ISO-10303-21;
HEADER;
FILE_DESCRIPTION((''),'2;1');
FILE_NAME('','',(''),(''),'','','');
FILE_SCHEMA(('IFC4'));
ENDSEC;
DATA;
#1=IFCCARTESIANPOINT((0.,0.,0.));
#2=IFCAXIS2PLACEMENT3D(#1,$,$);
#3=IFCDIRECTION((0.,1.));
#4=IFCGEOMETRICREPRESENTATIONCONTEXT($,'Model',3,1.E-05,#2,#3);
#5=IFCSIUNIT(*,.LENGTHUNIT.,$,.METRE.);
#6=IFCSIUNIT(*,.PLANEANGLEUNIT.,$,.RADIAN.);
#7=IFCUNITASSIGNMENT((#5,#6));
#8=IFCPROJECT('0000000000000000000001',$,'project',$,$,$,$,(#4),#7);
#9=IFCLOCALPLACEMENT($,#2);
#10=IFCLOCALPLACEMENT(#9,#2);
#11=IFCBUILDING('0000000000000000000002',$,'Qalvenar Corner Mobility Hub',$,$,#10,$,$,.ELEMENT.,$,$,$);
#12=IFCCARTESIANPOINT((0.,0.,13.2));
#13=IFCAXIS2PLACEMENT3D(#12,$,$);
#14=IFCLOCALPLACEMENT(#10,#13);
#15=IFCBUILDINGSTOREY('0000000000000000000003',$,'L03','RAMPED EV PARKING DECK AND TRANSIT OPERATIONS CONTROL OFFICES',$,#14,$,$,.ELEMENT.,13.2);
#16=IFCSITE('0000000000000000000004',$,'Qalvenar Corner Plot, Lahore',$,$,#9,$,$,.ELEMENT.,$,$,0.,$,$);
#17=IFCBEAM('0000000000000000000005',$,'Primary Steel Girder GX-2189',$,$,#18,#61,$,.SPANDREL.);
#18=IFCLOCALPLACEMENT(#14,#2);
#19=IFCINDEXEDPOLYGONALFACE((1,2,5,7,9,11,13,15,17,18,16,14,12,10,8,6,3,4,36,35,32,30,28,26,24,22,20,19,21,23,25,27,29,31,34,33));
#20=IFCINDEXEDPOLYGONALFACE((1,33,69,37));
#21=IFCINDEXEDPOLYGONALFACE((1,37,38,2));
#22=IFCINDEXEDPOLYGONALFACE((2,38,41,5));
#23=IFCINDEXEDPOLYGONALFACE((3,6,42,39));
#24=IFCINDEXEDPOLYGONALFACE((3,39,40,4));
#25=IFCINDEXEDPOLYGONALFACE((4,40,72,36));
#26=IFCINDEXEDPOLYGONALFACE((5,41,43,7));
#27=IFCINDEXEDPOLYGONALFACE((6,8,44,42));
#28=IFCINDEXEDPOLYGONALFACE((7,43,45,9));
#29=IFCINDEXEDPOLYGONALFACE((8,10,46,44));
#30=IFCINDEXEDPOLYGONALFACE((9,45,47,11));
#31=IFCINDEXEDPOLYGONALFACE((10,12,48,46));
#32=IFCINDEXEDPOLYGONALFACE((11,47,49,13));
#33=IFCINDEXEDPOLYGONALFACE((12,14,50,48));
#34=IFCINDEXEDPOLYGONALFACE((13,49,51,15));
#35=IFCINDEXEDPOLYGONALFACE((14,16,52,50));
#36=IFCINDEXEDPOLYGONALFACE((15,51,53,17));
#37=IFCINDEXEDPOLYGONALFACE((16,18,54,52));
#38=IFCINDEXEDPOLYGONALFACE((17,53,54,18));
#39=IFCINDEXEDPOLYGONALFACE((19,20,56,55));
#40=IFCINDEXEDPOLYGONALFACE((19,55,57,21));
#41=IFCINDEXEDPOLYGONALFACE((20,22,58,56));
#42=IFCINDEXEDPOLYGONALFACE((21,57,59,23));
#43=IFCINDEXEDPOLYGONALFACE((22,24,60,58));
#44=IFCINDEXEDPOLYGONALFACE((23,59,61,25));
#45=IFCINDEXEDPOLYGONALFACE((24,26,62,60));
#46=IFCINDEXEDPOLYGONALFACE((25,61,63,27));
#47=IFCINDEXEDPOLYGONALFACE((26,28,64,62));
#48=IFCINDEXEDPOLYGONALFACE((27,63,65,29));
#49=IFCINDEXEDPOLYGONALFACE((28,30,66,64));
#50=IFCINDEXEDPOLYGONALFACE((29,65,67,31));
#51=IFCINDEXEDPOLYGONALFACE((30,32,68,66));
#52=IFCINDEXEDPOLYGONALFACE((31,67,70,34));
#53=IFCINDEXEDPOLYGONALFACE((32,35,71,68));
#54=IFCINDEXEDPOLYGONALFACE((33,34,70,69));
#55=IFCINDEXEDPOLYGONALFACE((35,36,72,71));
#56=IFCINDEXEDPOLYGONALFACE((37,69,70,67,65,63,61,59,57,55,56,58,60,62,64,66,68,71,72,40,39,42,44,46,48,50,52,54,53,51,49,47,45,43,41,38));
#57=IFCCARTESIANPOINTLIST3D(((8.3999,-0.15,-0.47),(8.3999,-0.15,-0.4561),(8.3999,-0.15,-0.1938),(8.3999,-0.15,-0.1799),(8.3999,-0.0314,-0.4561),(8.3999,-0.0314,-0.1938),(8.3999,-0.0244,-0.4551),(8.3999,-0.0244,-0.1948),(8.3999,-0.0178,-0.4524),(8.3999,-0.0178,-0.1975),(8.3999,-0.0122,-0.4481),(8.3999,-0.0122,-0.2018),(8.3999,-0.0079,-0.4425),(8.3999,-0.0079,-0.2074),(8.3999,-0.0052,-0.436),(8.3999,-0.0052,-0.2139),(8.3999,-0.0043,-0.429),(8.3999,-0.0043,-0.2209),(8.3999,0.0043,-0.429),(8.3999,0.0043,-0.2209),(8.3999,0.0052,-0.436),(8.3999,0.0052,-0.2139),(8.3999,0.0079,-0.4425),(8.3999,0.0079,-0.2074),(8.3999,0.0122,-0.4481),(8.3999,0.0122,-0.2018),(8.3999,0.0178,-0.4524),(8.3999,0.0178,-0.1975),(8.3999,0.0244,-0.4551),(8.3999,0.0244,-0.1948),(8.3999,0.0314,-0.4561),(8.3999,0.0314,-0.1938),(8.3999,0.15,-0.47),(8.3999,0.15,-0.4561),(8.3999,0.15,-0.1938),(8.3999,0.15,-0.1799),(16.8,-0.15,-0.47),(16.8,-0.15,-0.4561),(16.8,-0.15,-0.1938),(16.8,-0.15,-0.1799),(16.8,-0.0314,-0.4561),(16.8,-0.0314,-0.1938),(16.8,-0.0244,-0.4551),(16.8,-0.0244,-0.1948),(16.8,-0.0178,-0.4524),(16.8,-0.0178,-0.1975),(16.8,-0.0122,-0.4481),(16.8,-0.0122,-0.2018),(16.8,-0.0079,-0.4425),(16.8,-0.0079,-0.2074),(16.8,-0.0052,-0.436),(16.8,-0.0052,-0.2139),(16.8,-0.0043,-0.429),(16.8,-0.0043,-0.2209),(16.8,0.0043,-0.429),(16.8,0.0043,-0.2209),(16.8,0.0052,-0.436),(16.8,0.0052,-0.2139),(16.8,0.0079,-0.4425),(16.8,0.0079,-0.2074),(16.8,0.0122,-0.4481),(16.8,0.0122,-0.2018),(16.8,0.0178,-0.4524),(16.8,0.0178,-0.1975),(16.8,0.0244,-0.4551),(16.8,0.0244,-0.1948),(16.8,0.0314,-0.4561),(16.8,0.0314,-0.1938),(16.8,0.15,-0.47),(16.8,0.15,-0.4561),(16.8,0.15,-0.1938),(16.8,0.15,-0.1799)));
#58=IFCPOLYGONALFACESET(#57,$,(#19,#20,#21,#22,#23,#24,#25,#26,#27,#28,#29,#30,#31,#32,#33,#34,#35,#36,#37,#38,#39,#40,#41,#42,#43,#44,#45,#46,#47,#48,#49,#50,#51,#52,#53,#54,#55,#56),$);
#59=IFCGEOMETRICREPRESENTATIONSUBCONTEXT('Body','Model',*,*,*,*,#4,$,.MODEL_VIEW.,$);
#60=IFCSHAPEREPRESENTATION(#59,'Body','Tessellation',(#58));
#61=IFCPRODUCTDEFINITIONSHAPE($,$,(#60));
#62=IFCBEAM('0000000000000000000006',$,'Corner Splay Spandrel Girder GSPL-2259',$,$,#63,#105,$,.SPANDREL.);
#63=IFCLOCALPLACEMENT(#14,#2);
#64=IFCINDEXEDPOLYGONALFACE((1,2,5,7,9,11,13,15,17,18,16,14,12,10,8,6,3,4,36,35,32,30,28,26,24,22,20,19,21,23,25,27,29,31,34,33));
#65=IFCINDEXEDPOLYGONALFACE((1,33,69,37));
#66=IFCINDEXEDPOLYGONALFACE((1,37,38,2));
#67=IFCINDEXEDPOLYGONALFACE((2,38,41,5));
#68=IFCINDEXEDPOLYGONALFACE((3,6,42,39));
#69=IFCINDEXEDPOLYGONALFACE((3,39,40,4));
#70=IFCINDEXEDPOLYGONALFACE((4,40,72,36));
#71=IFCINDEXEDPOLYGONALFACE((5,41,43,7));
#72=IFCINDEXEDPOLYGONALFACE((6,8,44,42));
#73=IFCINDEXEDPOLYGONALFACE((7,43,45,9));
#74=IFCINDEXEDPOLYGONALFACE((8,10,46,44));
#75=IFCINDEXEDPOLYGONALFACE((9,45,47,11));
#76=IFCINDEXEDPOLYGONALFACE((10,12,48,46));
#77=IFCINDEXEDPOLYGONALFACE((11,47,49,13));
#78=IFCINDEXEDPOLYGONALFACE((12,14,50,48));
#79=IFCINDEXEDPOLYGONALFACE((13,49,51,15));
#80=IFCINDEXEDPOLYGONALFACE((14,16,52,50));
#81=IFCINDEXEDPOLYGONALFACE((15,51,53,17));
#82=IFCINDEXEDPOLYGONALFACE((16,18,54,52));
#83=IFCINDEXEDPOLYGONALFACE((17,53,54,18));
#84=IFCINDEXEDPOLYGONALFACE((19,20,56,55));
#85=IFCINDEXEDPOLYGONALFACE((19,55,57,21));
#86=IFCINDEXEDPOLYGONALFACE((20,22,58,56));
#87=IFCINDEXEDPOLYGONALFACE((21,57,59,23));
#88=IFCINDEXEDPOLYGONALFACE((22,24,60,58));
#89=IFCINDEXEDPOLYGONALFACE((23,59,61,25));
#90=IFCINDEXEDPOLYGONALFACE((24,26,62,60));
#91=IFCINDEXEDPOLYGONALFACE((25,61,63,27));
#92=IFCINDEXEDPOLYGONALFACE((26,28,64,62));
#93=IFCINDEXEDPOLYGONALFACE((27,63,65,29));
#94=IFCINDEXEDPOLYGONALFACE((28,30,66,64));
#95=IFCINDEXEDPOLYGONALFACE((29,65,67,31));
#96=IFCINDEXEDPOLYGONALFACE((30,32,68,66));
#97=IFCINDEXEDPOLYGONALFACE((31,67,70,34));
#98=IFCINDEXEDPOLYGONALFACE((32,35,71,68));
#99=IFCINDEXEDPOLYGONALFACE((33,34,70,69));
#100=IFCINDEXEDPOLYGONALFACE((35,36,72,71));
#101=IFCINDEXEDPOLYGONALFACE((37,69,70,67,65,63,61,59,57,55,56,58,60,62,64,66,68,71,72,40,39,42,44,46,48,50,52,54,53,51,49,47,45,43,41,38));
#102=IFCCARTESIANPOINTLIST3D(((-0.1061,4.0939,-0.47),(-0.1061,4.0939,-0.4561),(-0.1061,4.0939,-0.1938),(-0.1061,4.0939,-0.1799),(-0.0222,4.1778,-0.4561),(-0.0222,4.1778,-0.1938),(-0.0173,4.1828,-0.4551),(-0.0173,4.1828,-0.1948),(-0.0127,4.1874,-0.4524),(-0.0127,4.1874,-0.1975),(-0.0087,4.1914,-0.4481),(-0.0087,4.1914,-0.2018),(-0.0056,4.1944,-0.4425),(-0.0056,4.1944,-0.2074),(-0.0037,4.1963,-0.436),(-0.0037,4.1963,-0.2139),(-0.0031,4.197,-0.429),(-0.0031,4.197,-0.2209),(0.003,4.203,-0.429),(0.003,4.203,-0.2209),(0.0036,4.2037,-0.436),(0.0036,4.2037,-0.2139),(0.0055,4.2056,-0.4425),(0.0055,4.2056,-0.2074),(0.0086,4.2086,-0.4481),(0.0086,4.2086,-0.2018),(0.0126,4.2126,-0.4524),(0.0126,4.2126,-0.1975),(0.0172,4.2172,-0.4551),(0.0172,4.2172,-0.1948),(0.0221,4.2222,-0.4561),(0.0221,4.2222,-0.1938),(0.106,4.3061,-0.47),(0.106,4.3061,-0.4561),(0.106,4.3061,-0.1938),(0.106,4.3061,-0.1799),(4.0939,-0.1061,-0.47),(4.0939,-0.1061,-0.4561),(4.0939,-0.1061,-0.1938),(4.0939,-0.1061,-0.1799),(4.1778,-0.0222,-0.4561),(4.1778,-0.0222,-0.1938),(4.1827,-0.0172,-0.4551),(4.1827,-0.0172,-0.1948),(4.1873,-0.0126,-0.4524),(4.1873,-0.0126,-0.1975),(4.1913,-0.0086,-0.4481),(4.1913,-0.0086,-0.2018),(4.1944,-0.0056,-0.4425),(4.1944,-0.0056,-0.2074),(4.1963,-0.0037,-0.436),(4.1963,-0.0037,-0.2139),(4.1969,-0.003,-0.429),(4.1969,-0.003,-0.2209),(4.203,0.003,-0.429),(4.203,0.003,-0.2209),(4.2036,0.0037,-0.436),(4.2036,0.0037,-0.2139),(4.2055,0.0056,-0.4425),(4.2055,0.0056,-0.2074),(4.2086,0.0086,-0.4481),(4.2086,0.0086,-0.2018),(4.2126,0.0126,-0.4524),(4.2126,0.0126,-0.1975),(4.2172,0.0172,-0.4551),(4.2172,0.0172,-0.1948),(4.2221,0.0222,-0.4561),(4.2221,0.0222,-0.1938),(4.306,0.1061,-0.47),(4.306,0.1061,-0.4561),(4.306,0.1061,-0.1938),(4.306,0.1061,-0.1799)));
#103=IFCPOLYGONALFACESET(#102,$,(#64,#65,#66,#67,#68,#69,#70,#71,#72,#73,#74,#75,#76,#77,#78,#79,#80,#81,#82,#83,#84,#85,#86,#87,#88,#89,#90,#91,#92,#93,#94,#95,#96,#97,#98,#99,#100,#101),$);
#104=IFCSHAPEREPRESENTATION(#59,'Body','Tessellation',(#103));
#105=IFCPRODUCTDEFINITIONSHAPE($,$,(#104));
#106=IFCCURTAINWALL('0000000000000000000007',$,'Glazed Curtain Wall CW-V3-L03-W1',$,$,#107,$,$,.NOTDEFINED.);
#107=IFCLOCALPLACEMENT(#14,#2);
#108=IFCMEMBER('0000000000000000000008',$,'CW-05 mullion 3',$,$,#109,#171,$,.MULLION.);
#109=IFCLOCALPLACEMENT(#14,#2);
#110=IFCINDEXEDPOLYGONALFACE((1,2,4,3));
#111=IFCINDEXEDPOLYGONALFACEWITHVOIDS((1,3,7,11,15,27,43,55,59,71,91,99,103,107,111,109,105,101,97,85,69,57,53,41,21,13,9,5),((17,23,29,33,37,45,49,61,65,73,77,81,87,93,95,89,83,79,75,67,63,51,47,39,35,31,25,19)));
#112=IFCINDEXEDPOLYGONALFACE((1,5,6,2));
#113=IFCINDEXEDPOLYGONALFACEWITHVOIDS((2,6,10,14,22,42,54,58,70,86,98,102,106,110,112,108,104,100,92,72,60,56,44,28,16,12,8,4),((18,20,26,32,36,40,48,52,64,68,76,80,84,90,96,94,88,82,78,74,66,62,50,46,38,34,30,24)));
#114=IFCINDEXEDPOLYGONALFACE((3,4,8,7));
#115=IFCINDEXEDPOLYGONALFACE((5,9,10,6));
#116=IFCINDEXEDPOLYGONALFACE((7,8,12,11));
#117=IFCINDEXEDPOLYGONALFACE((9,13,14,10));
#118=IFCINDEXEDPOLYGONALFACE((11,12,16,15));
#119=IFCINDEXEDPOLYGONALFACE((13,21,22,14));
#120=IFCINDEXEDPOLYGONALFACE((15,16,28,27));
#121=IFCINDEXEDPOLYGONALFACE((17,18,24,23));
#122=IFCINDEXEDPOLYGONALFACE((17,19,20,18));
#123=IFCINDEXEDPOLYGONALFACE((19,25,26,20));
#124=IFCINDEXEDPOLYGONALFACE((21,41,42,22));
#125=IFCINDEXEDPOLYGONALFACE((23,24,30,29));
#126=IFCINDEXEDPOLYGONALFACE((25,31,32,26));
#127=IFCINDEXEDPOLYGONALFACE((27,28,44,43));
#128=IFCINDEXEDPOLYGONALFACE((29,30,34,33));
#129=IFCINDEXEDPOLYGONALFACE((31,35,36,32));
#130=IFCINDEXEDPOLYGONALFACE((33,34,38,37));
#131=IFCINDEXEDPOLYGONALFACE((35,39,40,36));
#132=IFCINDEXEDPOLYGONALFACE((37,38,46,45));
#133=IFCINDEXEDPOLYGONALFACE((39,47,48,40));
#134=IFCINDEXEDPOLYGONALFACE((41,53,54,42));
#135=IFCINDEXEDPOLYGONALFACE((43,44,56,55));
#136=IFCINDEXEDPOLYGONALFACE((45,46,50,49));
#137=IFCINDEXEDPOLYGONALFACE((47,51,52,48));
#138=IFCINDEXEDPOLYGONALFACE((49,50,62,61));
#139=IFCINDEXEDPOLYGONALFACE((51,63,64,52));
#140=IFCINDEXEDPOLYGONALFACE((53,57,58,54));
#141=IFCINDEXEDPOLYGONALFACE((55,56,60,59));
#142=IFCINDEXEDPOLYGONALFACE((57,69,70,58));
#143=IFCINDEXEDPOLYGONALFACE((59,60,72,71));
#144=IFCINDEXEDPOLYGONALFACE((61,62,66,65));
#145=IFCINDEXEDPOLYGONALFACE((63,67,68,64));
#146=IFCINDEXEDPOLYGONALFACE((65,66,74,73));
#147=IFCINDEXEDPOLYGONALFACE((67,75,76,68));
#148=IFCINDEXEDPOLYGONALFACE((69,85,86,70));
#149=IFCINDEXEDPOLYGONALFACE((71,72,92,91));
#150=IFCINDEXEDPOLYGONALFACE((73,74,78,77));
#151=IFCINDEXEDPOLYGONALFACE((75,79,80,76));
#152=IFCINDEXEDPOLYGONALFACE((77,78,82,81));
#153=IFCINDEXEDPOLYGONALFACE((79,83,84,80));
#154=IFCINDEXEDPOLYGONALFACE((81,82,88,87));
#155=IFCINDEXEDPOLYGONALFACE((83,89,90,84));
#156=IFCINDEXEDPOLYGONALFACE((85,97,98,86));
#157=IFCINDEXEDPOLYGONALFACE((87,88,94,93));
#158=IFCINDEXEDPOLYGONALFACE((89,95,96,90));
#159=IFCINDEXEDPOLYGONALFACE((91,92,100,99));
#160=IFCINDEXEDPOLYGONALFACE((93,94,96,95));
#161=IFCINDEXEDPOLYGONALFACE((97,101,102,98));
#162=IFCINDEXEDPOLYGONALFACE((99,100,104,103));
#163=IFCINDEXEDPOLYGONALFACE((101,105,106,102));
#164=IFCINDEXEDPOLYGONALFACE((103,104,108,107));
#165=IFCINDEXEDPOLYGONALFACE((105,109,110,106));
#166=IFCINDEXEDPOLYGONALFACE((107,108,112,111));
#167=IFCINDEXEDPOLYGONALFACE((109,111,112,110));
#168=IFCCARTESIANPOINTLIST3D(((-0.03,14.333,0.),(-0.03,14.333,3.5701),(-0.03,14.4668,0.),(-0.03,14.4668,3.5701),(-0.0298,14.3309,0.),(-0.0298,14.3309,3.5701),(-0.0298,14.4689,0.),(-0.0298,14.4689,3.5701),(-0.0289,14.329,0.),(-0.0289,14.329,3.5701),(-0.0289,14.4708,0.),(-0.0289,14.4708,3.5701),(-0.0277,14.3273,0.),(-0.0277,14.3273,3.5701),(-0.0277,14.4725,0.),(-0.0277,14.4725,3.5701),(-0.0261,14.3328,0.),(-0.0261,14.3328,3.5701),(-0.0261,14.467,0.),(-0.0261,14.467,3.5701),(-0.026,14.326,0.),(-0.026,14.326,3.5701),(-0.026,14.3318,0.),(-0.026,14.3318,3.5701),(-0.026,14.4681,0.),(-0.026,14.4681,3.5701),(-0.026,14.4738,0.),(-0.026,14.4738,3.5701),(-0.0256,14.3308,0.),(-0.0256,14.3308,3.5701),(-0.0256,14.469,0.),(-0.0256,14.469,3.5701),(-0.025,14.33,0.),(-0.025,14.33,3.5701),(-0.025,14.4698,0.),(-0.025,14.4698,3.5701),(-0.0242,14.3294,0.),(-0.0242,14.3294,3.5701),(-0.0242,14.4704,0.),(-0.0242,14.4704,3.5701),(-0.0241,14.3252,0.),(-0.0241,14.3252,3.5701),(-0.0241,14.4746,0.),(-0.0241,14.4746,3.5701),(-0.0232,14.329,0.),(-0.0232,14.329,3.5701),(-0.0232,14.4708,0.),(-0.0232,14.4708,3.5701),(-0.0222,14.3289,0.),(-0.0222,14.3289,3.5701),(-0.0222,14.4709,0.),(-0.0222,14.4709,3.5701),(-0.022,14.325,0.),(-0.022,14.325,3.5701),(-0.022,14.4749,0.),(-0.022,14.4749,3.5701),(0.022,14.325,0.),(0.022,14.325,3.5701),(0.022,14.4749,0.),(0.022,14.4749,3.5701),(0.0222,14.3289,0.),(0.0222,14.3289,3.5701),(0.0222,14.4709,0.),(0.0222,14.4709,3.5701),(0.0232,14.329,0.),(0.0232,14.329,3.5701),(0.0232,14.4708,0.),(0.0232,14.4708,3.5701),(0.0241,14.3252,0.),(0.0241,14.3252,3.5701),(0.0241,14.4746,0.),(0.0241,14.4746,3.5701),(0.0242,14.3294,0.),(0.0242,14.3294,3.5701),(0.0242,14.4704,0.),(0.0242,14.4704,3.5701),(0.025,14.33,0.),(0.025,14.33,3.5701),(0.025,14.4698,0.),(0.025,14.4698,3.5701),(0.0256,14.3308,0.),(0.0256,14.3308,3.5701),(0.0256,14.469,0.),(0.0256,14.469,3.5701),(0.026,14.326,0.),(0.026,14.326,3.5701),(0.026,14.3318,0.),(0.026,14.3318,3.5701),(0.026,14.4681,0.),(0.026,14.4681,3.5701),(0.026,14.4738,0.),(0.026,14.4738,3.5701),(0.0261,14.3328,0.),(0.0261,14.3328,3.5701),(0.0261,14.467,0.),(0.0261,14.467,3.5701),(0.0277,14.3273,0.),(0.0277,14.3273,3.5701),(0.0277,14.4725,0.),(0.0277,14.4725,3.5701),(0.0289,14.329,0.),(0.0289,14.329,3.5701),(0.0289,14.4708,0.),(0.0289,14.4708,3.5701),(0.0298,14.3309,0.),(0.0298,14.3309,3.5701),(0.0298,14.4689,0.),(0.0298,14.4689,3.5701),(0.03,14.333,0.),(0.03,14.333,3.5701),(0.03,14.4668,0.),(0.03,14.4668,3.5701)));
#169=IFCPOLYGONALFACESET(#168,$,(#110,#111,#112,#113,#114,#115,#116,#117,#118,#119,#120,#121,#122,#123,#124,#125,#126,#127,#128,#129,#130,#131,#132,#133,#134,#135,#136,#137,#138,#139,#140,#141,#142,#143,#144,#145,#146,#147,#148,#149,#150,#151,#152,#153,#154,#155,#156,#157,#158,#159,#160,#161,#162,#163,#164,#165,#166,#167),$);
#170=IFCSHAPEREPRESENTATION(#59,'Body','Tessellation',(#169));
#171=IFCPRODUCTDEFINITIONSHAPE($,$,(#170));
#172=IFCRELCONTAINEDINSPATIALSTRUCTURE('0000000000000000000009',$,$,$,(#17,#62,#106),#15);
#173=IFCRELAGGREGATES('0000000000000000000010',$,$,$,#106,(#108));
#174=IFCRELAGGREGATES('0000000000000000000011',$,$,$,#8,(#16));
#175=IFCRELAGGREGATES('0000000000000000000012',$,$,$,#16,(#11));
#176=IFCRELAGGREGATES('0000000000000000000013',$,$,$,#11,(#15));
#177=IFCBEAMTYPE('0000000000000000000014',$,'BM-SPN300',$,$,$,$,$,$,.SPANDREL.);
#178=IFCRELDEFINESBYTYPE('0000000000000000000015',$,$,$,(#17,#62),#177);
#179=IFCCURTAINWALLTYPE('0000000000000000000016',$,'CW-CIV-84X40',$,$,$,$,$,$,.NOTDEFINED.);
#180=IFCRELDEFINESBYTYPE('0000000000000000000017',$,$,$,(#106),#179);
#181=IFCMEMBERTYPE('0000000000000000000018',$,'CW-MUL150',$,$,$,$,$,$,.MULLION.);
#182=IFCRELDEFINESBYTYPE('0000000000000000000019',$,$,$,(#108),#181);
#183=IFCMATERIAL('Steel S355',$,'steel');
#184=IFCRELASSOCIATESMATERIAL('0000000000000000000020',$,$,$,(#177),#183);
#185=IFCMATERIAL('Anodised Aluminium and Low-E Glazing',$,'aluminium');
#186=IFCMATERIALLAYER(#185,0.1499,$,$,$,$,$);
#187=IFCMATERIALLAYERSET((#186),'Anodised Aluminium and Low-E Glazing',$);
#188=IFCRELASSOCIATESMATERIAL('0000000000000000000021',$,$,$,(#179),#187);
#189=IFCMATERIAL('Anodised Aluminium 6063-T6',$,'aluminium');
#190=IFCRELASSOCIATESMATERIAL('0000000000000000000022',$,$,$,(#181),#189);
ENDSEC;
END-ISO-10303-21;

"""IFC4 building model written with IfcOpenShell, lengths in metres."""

from ifc_helpers import new_model, si_unit, direction, frame, origin, origin_2d, place, context, subcontext, project, spatial, hollow_rectangle, i_section, extrude, material, layer, layer_set, material_profile, profile_set, type_object, element, aggregate, save


model = new_model("IFC4")

# Units and contexts
model_context = context("Model", 3, precision=1e-05, world=origin(), true_north=direction((0.0, 1.0)))
body_context = subcontext(model_context, "Body", "Model", "MODEL_VIEW")
ifc_project = project(units=[si_unit("LENGTHUNIT", "METRE"), si_unit("PLANEANGLEUNIT", "RADIAN")], contexts=[model_context])

# Site, building, storey
site_placement = place(None, origin())
site = spatial("IfcSite", under=ifc_project, at=site_placement, Name="Qalvenar Corner Plot, Lahore", CompositionType="ELEMENT", RefElevation=0.0)
building_placement = place(site_placement, origin())
building = spatial("IfcBuilding", under=site, at=building_placement, Name="Qalvenar Corner Mobility Hub", CompositionType="ELEMENT")
storey_placement = place(building_placement, frame((0.0, 0.0, 13.2)))
storey = spatial("IfcBuildingStorey", under=building, at=storey_placement, Name="L03", Description="RAMPED EV PARKING DECK AND TRANSIT OPERATIONS CONTROL OFFICES", CompositionType="ELEMENT", Elevation=13.2)

# Shared definitions
ifc_material_1 = material(Name="Steel S355", Category="steel")

# Beams
ifc_material_profile_1 = material_profile(ifc_material_1, i_section(OverallWidth=0.3, OverallDepth=0.29, WebThickness=0.0085, FlangeThickness=0.0139, FilletRadius=0.0271, at=origin_2d()), Name="HEA300")
ifc_profile_set_1 = profile_set([ifc_material_profile_1], Name="Steel S355")
beam_type_1 = type_object("IfcBeamType", Name="BM-SPN300", PredefinedType="SPANDREL", material=ifc_profile_set_1)
beam_1_placement = place(storey_placement, frame((8.3999, 0.0, -0.325), z_axis=(1.0, 0.0, 0.0), x_axis=(0.0, 1.0, 0.0)))
element("IfcBeam", 1, at=beam_1_placement, inside=storey, type_object=beam_type_1, Name="Primary Steel Girder GX-2189", PredefinedType="SPANDREL", context=body_context, shape_type="SweptSolid", body=[
    extrude(i_section(OverallWidth=0.3, OverallDepth=0.29, WebThickness=0.0085, FlangeThickness=0.0139, FilletRadius=0.0271, at=origin_2d()), origin(), (0.0, 0.0, 1.0), 8.4001),
])
beam_2_placement = place(storey_placement, frame((4.2, 0.0, -0.325), z_axis=(-0.707107, 0.707107, 0.0), x_axis=(-0.707107, -0.707107, 0.0)))
element("IfcBeam", 2, at=beam_2_placement, inside=storey, type_object=beam_type_1, Name="Corner Splay Spandrel Girder GSPL-2259", PredefinedType="SPANDREL", context=body_context, shape_type="SweptSolid", body=[
    extrude(i_section(OverallWidth=0.3, OverallDepth=0.29, WebThickness=0.0085, FlangeThickness=0.0139, FilletRadius=0.0271, at=origin_2d()), origin(), (0.0, 0.0, 1.0), 5.9397),
])

# Curtain wall, member
ifc_material_2 = material(Name="Anodised Aluminium and Low-E Glazing", Category="aluminium")
ifc_layer_1 = layer(ifc_material_2, 0.1499)
ifc_layer_set_1 = layer_set([ifc_layer_1], Name="Anodised Aluminium and Low-E Glazing")
curtain_wall_type = type_object("IfcCurtainWallType", Name="CW-CIV-84X40", PredefinedType="NOTDEFINED", material=ifc_layer_set_1)
curtain_wall_placement = place(storey_placement, origin())
curtain_wall = element("IfcCurtainWall", 3, at=curtain_wall_placement, inside=storey, type_object=curtain_wall_type, Name="Glazed Curtain Wall CW-V3-L03-W1", PredefinedType="NOTDEFINED")
ifc_material_3 = material(Name="Anodised Aluminium 6063-T6", Category="aluminium")
ifc_material_profile_2 = material_profile(ifc_material_3, hollow_rectangle(XDim=0.0601, YDim=0.1499, WallThickness=0.0039, InnerFilletRadius=0.0039, OuterFilletRadius=0.0081, at=origin_2d()), Name="RHS150x60x4")
ifc_profile_set_2 = profile_set([ifc_material_profile_2], Name="Anodised Aluminium 6063-T6")
member_type_1 = type_object("IfcMemberType", Name="CW-MUL150", PredefinedType="MULLION", material=ifc_profile_set_2)
member_1_placement = place(storey_placement, frame((0.0, 14.3999, 0.0), z_axis=(0.0, 0.0, 1.0), x_axis=(1.0, 0.0, 0.0)))
member_1 = element("IfcMember", 4, at=member_1_placement, type_object=member_type_1, Name="CW-05 mullion 3", PredefinedType="MULLION", context=body_context, shape_type="SweptSolid", body=[
    extrude(hollow_rectangle(XDim=0.0601, YDim=0.1499, WallThickness=0.0039, InnerFilletRadius=0.0039, OuterFilletRadius=0.0081, at=origin_2d()), origin(), (0.0, 0.0, 1.0), 3.5701),
])
aggregate(curtain_wall, [member_1])

save(model, "model.ifc")
